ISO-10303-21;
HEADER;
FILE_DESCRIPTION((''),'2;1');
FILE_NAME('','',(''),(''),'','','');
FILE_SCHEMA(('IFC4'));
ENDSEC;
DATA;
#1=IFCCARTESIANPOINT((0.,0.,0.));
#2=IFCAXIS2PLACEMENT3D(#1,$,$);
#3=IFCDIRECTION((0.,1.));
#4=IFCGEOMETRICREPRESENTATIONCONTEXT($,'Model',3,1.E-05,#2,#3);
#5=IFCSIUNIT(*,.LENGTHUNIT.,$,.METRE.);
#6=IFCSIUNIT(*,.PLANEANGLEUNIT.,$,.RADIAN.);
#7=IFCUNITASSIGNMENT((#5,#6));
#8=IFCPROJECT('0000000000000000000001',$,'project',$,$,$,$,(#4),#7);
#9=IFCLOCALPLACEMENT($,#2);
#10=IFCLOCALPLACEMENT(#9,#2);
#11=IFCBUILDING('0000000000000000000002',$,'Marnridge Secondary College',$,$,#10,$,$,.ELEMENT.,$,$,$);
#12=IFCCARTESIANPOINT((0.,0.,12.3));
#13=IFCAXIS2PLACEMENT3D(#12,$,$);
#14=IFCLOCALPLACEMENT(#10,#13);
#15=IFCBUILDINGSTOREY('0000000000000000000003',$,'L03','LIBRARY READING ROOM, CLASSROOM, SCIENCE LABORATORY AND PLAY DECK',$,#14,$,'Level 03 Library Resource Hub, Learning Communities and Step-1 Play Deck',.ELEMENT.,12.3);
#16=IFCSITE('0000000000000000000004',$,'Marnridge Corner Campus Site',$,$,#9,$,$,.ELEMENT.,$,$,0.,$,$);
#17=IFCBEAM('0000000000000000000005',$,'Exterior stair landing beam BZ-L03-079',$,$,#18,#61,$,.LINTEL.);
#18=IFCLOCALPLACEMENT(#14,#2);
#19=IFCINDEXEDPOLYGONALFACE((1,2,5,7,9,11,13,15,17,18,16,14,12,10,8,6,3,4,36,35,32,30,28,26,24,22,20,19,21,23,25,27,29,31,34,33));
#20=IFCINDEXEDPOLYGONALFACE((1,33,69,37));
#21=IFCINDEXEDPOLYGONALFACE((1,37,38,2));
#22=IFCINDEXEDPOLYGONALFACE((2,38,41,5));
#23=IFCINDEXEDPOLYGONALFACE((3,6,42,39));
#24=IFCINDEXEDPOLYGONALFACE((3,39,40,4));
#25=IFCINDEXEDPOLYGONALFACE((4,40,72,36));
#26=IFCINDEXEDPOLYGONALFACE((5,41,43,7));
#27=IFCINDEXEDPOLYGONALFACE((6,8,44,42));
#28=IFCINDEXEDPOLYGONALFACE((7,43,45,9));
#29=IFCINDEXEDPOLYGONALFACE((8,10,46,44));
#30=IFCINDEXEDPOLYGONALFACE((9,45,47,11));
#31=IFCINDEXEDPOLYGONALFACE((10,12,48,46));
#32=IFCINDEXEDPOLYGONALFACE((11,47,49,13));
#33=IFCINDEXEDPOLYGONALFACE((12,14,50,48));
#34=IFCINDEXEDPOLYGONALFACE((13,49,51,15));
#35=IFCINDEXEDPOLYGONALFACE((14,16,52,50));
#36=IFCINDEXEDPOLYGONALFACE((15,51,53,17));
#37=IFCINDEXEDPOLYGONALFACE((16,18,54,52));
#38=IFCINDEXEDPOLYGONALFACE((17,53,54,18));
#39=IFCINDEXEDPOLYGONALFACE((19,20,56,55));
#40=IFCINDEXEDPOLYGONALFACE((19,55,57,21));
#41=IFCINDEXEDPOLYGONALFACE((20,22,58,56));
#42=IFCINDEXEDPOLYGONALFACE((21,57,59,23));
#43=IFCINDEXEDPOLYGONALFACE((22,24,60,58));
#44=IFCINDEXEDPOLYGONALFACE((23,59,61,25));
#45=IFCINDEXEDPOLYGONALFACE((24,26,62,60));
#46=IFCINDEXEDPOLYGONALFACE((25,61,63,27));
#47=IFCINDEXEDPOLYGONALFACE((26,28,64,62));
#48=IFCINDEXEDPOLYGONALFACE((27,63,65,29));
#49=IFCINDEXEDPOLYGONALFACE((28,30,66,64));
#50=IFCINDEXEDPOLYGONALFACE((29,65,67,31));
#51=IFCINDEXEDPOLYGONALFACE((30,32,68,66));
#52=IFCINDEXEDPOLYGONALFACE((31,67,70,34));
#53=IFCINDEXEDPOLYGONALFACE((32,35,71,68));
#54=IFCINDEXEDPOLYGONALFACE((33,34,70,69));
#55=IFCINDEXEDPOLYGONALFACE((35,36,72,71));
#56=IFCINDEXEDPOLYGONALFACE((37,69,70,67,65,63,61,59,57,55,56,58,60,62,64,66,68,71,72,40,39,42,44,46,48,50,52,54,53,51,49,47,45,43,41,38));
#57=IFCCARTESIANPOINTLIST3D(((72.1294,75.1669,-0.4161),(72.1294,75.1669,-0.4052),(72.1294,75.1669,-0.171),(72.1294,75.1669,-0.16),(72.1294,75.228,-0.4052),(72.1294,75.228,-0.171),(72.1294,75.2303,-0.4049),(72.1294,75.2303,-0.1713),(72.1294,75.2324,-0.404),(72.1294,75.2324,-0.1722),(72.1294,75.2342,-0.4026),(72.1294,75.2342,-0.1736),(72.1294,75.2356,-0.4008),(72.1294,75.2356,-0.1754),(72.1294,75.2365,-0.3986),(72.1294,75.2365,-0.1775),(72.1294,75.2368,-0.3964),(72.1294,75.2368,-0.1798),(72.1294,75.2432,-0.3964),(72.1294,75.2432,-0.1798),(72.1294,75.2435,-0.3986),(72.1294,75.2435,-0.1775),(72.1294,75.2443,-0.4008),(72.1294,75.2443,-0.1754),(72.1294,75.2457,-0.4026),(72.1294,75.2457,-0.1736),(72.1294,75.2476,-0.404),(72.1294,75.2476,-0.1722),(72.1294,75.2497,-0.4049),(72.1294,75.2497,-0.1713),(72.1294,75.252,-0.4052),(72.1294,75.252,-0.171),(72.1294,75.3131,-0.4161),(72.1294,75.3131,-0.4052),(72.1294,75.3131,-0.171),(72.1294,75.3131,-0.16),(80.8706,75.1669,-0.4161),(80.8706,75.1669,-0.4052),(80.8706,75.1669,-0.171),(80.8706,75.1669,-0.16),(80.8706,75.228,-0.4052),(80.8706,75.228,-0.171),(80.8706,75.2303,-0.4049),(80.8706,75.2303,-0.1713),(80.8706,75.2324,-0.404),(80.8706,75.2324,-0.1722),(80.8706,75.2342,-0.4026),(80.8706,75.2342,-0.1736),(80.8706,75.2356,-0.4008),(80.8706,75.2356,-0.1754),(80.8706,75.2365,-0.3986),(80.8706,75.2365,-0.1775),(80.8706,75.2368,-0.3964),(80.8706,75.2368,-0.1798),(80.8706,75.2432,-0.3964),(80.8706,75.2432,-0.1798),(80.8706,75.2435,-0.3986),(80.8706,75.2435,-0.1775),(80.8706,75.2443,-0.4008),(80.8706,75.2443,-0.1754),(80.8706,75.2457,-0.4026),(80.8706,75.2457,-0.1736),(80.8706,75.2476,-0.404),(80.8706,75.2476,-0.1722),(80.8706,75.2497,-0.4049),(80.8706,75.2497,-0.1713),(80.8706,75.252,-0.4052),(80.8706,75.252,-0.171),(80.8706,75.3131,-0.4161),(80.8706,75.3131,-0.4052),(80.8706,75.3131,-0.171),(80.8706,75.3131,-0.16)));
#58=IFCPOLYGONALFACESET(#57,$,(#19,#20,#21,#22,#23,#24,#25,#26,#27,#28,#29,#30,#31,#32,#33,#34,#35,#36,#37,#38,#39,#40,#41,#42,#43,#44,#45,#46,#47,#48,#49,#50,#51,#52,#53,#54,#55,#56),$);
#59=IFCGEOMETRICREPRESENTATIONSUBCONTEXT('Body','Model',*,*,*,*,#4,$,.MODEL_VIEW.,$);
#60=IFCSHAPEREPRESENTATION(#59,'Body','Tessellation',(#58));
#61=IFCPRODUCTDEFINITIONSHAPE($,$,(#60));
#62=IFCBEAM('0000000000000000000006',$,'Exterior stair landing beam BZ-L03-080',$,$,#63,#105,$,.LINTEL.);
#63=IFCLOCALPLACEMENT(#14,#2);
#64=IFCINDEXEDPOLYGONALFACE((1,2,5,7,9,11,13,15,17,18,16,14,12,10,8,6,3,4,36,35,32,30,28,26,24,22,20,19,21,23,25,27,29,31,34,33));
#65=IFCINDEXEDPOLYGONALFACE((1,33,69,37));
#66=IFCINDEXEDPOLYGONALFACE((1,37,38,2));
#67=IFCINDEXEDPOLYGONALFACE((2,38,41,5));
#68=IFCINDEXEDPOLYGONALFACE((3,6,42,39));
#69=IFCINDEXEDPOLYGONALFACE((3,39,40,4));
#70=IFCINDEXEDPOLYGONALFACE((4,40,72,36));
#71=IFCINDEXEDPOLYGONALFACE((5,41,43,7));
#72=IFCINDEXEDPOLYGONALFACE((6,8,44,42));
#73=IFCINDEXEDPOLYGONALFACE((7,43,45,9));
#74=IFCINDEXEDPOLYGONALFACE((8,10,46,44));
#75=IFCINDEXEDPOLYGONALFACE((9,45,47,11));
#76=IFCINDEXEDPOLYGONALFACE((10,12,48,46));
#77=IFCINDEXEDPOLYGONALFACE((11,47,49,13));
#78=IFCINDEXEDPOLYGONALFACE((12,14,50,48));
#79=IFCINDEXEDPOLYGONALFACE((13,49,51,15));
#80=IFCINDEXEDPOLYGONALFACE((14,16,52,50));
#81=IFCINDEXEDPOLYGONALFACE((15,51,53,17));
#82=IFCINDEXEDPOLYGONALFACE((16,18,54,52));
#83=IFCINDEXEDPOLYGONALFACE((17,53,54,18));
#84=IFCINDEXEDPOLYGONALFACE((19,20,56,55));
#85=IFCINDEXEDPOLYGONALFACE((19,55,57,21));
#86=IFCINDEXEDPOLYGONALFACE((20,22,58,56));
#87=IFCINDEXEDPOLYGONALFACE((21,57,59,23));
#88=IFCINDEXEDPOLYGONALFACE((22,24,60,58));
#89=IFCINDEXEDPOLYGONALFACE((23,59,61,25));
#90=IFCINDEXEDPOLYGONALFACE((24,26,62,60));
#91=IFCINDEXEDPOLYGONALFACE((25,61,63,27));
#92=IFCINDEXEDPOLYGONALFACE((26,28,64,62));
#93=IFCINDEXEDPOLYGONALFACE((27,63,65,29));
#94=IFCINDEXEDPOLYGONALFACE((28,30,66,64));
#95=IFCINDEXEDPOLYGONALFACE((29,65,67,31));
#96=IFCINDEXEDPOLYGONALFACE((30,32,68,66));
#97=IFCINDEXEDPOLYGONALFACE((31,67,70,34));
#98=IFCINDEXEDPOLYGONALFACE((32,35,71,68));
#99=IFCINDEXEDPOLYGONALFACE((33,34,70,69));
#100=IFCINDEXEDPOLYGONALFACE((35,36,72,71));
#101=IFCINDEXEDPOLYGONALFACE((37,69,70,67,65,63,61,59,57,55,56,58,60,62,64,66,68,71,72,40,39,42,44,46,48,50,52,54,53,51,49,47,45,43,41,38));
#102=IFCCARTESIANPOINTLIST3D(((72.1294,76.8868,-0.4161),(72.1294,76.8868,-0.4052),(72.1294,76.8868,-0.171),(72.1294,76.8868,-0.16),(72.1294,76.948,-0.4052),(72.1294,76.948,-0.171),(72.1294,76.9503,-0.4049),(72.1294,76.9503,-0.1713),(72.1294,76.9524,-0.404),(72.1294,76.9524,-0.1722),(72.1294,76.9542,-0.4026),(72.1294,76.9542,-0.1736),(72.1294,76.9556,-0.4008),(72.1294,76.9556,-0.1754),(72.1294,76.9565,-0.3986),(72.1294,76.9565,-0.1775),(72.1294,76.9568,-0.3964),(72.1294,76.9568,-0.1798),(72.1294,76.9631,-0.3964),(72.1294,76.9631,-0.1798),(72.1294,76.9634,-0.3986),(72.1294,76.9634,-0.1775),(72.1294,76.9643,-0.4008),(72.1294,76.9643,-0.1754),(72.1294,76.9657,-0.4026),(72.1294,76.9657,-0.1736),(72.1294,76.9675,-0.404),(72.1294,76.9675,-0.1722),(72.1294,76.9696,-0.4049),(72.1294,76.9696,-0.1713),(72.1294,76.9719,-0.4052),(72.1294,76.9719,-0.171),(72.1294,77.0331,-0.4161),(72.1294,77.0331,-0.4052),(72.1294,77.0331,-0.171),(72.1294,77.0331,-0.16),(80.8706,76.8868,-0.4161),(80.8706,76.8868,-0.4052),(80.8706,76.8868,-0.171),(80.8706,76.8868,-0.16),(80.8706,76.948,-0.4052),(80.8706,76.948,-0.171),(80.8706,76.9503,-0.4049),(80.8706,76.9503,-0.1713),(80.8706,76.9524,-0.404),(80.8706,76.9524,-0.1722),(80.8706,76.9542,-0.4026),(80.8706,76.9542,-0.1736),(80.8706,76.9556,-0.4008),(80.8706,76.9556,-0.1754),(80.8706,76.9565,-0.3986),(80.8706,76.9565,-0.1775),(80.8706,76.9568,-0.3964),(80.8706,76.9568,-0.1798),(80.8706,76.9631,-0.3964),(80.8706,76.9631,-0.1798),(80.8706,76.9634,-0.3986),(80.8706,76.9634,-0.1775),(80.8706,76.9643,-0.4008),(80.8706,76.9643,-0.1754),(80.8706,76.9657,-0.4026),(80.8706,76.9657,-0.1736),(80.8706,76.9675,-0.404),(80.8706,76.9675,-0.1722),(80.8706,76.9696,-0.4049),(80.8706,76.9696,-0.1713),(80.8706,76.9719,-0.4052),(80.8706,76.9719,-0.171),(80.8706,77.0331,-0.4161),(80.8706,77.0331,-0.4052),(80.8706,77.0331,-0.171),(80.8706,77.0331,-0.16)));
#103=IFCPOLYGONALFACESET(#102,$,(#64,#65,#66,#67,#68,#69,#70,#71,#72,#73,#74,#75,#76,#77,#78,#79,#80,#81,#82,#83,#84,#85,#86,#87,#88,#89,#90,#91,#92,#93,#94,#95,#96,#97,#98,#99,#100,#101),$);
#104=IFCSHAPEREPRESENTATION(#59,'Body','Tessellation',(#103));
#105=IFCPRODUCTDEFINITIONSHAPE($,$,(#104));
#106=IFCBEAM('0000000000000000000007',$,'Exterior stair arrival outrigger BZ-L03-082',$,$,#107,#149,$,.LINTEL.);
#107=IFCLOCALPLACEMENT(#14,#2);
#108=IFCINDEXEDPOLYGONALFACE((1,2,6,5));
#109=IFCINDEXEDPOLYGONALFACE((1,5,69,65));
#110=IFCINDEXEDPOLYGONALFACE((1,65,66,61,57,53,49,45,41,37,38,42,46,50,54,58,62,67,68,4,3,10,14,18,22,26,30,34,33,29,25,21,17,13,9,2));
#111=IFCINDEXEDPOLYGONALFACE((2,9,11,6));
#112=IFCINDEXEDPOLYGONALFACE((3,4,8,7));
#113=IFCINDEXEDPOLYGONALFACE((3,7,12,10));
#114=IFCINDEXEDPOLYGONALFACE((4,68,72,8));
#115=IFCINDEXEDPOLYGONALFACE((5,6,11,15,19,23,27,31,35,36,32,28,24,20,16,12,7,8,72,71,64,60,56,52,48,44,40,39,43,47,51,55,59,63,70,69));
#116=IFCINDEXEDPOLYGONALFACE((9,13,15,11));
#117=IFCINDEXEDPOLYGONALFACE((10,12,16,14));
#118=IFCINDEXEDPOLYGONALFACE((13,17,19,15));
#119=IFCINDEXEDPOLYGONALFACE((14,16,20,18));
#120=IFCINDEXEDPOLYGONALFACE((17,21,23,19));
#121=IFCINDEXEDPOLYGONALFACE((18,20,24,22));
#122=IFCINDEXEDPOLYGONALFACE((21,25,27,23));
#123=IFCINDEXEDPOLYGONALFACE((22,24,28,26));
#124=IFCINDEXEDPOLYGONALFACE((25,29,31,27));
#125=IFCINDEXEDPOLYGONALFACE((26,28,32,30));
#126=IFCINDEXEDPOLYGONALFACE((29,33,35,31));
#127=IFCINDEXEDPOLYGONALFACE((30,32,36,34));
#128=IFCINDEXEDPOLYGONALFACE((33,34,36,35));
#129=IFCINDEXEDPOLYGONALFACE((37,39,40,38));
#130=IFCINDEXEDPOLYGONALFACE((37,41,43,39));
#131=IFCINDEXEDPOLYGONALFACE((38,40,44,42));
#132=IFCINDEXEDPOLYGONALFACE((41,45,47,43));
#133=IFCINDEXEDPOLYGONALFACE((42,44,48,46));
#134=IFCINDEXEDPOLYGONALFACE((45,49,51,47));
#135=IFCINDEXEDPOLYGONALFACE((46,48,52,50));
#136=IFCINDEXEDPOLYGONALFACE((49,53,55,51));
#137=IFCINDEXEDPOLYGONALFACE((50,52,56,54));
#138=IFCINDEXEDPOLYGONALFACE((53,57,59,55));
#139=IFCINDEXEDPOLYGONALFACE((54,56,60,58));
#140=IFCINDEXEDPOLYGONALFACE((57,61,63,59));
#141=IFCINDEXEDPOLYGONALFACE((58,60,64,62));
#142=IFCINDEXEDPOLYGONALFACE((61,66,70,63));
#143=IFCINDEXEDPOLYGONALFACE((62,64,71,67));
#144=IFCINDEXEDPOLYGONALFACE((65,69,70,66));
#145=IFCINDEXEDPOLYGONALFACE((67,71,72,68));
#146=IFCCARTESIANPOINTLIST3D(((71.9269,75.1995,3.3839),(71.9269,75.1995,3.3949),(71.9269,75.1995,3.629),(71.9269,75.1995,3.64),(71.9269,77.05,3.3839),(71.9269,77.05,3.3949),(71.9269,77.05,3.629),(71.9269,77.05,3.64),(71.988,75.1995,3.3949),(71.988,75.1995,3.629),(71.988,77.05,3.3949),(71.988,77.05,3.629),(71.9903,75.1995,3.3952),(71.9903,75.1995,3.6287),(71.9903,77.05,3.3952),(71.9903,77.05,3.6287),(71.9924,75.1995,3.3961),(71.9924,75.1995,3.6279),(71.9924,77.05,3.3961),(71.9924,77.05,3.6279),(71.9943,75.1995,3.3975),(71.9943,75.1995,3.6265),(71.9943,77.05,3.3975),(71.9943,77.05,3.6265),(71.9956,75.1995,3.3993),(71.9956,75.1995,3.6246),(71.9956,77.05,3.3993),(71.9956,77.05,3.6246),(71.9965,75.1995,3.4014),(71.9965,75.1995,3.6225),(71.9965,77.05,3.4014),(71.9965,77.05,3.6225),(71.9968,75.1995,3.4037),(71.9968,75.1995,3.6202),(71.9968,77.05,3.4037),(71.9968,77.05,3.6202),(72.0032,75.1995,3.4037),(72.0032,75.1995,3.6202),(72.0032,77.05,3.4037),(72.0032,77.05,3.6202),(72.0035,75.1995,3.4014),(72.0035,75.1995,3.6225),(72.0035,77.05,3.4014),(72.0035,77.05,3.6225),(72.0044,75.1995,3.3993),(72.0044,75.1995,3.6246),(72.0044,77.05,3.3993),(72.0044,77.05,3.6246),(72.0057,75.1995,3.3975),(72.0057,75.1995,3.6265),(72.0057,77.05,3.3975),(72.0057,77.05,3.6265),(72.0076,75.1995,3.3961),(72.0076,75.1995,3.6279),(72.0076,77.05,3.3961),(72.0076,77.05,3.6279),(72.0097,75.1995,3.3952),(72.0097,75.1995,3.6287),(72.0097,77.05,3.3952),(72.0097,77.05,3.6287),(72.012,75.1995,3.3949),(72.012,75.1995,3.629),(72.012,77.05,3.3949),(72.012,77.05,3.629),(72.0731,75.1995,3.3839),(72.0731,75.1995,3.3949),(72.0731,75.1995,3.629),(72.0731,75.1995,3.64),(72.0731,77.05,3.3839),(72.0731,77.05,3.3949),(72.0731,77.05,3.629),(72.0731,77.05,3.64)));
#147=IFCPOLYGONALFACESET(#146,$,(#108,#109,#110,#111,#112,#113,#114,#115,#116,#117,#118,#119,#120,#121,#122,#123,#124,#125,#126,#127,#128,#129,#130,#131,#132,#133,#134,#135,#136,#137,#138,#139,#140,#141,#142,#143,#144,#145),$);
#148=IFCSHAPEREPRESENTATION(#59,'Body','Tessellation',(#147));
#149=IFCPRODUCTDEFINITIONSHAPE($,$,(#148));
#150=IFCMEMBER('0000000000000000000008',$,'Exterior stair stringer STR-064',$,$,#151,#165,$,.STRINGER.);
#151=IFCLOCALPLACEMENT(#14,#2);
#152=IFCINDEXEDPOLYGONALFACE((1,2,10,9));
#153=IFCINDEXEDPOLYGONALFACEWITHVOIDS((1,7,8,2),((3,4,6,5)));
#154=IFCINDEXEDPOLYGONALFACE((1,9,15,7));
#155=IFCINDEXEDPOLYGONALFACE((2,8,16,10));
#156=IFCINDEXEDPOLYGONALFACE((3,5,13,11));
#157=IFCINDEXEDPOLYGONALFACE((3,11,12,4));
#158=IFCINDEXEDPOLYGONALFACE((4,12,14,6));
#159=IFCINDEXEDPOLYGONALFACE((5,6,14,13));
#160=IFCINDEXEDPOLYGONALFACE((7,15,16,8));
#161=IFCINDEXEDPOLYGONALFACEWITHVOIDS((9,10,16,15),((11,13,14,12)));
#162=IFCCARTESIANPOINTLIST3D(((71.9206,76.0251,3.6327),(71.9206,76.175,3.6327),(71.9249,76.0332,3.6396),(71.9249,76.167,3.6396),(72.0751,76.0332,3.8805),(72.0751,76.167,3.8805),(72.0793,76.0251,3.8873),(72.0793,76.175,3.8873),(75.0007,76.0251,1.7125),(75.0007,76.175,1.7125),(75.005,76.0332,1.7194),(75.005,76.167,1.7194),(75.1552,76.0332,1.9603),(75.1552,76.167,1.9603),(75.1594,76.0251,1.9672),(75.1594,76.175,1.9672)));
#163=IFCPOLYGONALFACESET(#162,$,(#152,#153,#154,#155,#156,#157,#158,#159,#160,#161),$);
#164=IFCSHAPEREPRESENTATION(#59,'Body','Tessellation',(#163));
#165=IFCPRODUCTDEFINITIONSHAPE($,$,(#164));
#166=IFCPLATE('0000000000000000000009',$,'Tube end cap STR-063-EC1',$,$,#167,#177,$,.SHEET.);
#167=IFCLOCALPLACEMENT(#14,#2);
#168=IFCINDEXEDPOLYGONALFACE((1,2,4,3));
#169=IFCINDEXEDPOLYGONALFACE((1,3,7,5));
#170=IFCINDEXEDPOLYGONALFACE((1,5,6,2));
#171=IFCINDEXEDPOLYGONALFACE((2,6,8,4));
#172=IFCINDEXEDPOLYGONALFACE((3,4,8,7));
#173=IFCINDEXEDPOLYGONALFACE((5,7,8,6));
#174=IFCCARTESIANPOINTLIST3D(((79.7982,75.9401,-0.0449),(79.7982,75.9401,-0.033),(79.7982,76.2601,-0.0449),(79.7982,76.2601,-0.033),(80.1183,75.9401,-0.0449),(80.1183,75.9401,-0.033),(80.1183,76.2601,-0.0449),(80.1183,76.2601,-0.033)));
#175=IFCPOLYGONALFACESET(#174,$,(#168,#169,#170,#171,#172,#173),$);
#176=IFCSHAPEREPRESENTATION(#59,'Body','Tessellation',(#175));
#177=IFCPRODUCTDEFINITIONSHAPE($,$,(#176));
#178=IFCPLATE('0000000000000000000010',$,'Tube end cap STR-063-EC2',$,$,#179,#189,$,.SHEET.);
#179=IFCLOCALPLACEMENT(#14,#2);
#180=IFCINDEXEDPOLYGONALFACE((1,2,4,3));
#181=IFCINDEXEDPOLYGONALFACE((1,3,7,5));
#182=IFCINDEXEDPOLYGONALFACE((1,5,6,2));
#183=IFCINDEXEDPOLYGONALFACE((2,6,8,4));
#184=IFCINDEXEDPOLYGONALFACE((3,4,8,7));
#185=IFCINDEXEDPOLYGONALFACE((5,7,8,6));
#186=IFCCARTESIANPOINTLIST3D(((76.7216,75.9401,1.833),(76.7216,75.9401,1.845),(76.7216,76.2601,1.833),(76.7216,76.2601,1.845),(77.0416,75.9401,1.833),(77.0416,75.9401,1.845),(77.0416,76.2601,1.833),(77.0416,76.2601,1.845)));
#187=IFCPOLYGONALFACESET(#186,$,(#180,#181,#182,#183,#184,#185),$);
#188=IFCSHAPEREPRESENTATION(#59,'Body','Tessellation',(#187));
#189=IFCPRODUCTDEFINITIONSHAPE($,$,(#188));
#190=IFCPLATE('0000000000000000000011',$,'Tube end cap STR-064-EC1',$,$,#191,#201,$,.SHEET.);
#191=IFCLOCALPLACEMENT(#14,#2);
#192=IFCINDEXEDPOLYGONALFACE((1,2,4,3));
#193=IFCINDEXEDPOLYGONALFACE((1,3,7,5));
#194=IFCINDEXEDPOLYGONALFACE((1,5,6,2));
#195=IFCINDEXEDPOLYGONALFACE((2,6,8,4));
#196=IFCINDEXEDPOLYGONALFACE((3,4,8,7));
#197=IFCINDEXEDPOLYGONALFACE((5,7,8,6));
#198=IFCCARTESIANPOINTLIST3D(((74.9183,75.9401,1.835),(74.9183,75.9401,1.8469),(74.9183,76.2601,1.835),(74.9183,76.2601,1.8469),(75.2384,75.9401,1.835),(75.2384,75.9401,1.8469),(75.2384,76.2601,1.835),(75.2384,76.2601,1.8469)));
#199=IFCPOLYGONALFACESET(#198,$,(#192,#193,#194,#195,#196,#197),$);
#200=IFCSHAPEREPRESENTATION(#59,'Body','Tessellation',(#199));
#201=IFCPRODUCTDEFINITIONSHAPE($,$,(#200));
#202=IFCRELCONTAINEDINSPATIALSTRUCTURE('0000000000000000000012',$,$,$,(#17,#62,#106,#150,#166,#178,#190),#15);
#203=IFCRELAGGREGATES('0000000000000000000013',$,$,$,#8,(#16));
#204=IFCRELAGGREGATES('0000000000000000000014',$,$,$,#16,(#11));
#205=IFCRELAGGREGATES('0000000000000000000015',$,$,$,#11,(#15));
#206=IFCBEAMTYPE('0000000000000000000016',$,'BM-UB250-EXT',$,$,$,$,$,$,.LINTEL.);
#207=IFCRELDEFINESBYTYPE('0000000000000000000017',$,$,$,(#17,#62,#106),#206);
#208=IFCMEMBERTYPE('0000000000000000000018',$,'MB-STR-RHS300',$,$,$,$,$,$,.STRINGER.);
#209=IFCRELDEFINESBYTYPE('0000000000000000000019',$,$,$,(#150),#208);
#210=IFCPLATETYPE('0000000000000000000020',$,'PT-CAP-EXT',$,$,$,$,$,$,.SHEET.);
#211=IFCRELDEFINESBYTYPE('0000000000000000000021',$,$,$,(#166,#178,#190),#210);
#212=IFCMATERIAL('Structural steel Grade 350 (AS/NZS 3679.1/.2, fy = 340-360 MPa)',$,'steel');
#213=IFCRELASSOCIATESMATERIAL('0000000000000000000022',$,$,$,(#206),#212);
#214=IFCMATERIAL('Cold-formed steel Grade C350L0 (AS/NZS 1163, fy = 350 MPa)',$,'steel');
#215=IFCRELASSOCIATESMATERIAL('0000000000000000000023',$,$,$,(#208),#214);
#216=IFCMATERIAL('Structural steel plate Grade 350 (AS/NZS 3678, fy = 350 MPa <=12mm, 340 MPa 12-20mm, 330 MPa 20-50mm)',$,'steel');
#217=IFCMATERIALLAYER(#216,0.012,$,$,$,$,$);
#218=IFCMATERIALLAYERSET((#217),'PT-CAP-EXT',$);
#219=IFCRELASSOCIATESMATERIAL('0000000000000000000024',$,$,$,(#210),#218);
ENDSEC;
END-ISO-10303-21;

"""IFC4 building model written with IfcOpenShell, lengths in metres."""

from ifc_helpers import new_model, si_unit, direction, frame, origin, origin_2d, place, context, subcontext, project, spatial, rectangle, hollow_rectangle, i_section, extrude, material, layer, layer_set, material_profile, profile_set, type_object, element, save


model = new_model("IFC4")

# Units and contexts
model_context = context("Model", 3, precision=1e-05, world=origin(), true_north=direction((0.0, 1.0)))
body_context = subcontext(model_context, "Body", "Model", "MODEL_VIEW")
ifc_project = project(units=[si_unit("LENGTHUNIT", "METRE"), si_unit("PLANEANGLEUNIT", "RADIAN")], contexts=[model_context])

# Site, building, storey
site_placement = place(None, origin())
site = spatial("IfcSite", under=ifc_project, at=site_placement, Name="Marnridge Corner Campus Site", CompositionType="ELEMENT", RefElevation=0.0)
building_placement = place(site_placement, origin())
building = spatial("IfcBuilding", under=site, at=building_placement, Name="Marnridge Secondary College", CompositionType="ELEMENT")
storey_placement = place(building_placement, frame((0.0, 0.0, 12.3)))
storey = spatial("IfcBuildingStorey", under=building, at=storey_placement, Name="L03", Description="LIBRARY READING ROOM, CLASSROOM, SCIENCE LABORATORY AND PLAY DECK", LongName="Level 03 Library Resource Hub, Learning Communities and Step-1 Play Deck", CompositionType="ELEMENT", Elevation=12.3)

# Beams
ifc_material_1 = material(Name="Structural steel Grade 350 (AS/NZS 3679.1/.2, fy = 340-360 MPa)", Category="steel")
ifc_material_profile_1 = material_profile(ifc_material_1, i_section(OverallWidth=0.1462, OverallDepth=0.2561, WebThickness=0.0063, FlangeThickness=0.011, FilletRadius=0.0088, at=origin_2d()), Name="250UB37.3")
ifc_profile_set_1 = profile_set([ifc_material_profile_1], Name="Structural steel Grade 350 (AS/NZS 3679.1/.2, fy = 340-360 MPa)")
beam_type_1 = type_object("IfcBeamType", Name="BM-UB250-EXT", PredefinedType="LINTEL", material=ifc_profile_set_1)
for number, where, z_axis, x_axis, name in (
    (1, (72.1294, 75.24, -0.2881), (1.0, 0.0, 0.0), (0.0, 1.0, 0.0), "Exterior stair landing beam BZ-L03-079"),
    (2, (72.1294, 76.96, -0.2881), (1.0, 0.0, 0.0), (0.0, 1.0, 0.0), "Exterior stair landing beam BZ-L03-080"),
):
    element("IfcBeam", number, at=place(storey_placement, frame(where, z_axis=z_axis, x_axis=x_axis)), inside=storey, type_object=beam_type_1, Name=name, PredefinedType="LINTEL", context=body_context, shape_type="SweptSolid", body=[
        extrude(i_section(OverallWidth=0.1462, OverallDepth=0.2561, WebThickness=0.0063, FlangeThickness=0.011, FilletRadius=0.0088, at=origin_2d()), origin(), (0.0, 0.0, 1.0), 8.7412),
    ])
beam_1_placement = place(storey_placement, frame((72.0, 75.1995, 3.512), z_axis=(0.0, 1.0, 0.0), x_axis=(-1.0, 0.0, 0.0)))
element("IfcBeam", 3, at=beam_1_placement, inside=storey, type_object=beam_type_1, Name="Exterior stair arrival outrigger BZ-L03-082", PredefinedType="LINTEL", context=body_context, shape_type="SweptSolid", body=[
    extrude(i_section(OverallWidth=0.1462, OverallDepth=0.2561, WebThickness=0.0063, FlangeThickness=0.011, FilletRadius=0.0088, at=origin_2d()), origin(), (0.0, 0.0, 1.0), 1.8506),
])

# Member
ifc_material_2 = material(Name="Cold-formed steel Grade C350L0 (AS/NZS 1163, fy = 350 MPa)", Category="steel")
ifc_material_profile_2 = material_profile(ifc_material_2, hollow_rectangle(XDim=0.1499, YDim=0.3, WallThickness=0.0081, at=origin_2d()), Name="300x150x8.0RHS")
ifc_profile_set_2 = profile_set([ifc_material_profile_2], Name="Cold-formed steel Grade C350L0 (AS/NZS 1163, fy = 350 MPa)")
member_type = type_object("IfcMemberType", Name="MB-STR-RHS300", PredefinedType="STRINGER", material=ifc_profile_set_2)
member_placement = place(storey_placement, frame((75.0801, 76.1001, 1.8398), z_axis=(-0.848602, 0.0, 0.529031), x_axis=(0.0, -1.0, 0.0)))
element("IfcMember", 4, at=member_placement, inside=storey, type_object=member_type, Name="Exterior stair stringer STR-064", PredefinedType="STRINGER", context=body_context, shape_type="SweptSolid", body=[
    extrude(hollow_rectangle(XDim=0.1499, YDim=0.3, WallThickness=0.0081, at=origin_2d()), origin(), (0.0, 0.0, 1.0), 3.6296),
])

# Plates
ifc_material_3 = material(Name="Structural steel plate Grade 350 (AS/NZS 3678, fy = 350 MPa <=12mm, 340 MPa 12-20mm, 330 MPa 20-50mm)", Category="steel")
ifc_layer_1 = layer(ifc_material_3, 0.012)
ifc_layer_set_1 = layer_set([ifc_layer_1], Name="PT-CAP-EXT")
plate_type = type_object("IfcPlateType", Name="PT-CAP-EXT", PredefinedType="SHEET", material=ifc_layer_set_1)
for number, where, z_axis, x_axis, name in (
    (5, (79.9583, 76.1001, -0.0449), (0.0, 0.0, 1.0), (-1.0, 0.0, 0.0), "Tube end cap STR-063-EC1"),
    (6, (76.8816, 76.1001, 1.833), (0.0, 0.0, 1.0), (-1.0, 0.0, 0.0), "Tube end cap STR-063-EC2"),
    (7, (75.0784, 76.1001, 1.835), (0.0, 0.0, 1.0), (-1.0, 0.0, 0.0), "Tube end cap STR-064-EC1"),
):
    element("IfcPlate", number, at=place(storey_placement, frame(where, z_axis=z_axis, x_axis=x_axis)), inside=storey, type_object=plate_type, Name=name, PredefinedType="SHEET", context=body_context, shape_type="SweptSolid", body=[
        extrude(rectangle(XDim=0.3201, YDim=0.3201, at=origin_2d()), origin(), (0.0, 0.0, 1.0), 0.012),
    ])

save(model, "model.ifc")
